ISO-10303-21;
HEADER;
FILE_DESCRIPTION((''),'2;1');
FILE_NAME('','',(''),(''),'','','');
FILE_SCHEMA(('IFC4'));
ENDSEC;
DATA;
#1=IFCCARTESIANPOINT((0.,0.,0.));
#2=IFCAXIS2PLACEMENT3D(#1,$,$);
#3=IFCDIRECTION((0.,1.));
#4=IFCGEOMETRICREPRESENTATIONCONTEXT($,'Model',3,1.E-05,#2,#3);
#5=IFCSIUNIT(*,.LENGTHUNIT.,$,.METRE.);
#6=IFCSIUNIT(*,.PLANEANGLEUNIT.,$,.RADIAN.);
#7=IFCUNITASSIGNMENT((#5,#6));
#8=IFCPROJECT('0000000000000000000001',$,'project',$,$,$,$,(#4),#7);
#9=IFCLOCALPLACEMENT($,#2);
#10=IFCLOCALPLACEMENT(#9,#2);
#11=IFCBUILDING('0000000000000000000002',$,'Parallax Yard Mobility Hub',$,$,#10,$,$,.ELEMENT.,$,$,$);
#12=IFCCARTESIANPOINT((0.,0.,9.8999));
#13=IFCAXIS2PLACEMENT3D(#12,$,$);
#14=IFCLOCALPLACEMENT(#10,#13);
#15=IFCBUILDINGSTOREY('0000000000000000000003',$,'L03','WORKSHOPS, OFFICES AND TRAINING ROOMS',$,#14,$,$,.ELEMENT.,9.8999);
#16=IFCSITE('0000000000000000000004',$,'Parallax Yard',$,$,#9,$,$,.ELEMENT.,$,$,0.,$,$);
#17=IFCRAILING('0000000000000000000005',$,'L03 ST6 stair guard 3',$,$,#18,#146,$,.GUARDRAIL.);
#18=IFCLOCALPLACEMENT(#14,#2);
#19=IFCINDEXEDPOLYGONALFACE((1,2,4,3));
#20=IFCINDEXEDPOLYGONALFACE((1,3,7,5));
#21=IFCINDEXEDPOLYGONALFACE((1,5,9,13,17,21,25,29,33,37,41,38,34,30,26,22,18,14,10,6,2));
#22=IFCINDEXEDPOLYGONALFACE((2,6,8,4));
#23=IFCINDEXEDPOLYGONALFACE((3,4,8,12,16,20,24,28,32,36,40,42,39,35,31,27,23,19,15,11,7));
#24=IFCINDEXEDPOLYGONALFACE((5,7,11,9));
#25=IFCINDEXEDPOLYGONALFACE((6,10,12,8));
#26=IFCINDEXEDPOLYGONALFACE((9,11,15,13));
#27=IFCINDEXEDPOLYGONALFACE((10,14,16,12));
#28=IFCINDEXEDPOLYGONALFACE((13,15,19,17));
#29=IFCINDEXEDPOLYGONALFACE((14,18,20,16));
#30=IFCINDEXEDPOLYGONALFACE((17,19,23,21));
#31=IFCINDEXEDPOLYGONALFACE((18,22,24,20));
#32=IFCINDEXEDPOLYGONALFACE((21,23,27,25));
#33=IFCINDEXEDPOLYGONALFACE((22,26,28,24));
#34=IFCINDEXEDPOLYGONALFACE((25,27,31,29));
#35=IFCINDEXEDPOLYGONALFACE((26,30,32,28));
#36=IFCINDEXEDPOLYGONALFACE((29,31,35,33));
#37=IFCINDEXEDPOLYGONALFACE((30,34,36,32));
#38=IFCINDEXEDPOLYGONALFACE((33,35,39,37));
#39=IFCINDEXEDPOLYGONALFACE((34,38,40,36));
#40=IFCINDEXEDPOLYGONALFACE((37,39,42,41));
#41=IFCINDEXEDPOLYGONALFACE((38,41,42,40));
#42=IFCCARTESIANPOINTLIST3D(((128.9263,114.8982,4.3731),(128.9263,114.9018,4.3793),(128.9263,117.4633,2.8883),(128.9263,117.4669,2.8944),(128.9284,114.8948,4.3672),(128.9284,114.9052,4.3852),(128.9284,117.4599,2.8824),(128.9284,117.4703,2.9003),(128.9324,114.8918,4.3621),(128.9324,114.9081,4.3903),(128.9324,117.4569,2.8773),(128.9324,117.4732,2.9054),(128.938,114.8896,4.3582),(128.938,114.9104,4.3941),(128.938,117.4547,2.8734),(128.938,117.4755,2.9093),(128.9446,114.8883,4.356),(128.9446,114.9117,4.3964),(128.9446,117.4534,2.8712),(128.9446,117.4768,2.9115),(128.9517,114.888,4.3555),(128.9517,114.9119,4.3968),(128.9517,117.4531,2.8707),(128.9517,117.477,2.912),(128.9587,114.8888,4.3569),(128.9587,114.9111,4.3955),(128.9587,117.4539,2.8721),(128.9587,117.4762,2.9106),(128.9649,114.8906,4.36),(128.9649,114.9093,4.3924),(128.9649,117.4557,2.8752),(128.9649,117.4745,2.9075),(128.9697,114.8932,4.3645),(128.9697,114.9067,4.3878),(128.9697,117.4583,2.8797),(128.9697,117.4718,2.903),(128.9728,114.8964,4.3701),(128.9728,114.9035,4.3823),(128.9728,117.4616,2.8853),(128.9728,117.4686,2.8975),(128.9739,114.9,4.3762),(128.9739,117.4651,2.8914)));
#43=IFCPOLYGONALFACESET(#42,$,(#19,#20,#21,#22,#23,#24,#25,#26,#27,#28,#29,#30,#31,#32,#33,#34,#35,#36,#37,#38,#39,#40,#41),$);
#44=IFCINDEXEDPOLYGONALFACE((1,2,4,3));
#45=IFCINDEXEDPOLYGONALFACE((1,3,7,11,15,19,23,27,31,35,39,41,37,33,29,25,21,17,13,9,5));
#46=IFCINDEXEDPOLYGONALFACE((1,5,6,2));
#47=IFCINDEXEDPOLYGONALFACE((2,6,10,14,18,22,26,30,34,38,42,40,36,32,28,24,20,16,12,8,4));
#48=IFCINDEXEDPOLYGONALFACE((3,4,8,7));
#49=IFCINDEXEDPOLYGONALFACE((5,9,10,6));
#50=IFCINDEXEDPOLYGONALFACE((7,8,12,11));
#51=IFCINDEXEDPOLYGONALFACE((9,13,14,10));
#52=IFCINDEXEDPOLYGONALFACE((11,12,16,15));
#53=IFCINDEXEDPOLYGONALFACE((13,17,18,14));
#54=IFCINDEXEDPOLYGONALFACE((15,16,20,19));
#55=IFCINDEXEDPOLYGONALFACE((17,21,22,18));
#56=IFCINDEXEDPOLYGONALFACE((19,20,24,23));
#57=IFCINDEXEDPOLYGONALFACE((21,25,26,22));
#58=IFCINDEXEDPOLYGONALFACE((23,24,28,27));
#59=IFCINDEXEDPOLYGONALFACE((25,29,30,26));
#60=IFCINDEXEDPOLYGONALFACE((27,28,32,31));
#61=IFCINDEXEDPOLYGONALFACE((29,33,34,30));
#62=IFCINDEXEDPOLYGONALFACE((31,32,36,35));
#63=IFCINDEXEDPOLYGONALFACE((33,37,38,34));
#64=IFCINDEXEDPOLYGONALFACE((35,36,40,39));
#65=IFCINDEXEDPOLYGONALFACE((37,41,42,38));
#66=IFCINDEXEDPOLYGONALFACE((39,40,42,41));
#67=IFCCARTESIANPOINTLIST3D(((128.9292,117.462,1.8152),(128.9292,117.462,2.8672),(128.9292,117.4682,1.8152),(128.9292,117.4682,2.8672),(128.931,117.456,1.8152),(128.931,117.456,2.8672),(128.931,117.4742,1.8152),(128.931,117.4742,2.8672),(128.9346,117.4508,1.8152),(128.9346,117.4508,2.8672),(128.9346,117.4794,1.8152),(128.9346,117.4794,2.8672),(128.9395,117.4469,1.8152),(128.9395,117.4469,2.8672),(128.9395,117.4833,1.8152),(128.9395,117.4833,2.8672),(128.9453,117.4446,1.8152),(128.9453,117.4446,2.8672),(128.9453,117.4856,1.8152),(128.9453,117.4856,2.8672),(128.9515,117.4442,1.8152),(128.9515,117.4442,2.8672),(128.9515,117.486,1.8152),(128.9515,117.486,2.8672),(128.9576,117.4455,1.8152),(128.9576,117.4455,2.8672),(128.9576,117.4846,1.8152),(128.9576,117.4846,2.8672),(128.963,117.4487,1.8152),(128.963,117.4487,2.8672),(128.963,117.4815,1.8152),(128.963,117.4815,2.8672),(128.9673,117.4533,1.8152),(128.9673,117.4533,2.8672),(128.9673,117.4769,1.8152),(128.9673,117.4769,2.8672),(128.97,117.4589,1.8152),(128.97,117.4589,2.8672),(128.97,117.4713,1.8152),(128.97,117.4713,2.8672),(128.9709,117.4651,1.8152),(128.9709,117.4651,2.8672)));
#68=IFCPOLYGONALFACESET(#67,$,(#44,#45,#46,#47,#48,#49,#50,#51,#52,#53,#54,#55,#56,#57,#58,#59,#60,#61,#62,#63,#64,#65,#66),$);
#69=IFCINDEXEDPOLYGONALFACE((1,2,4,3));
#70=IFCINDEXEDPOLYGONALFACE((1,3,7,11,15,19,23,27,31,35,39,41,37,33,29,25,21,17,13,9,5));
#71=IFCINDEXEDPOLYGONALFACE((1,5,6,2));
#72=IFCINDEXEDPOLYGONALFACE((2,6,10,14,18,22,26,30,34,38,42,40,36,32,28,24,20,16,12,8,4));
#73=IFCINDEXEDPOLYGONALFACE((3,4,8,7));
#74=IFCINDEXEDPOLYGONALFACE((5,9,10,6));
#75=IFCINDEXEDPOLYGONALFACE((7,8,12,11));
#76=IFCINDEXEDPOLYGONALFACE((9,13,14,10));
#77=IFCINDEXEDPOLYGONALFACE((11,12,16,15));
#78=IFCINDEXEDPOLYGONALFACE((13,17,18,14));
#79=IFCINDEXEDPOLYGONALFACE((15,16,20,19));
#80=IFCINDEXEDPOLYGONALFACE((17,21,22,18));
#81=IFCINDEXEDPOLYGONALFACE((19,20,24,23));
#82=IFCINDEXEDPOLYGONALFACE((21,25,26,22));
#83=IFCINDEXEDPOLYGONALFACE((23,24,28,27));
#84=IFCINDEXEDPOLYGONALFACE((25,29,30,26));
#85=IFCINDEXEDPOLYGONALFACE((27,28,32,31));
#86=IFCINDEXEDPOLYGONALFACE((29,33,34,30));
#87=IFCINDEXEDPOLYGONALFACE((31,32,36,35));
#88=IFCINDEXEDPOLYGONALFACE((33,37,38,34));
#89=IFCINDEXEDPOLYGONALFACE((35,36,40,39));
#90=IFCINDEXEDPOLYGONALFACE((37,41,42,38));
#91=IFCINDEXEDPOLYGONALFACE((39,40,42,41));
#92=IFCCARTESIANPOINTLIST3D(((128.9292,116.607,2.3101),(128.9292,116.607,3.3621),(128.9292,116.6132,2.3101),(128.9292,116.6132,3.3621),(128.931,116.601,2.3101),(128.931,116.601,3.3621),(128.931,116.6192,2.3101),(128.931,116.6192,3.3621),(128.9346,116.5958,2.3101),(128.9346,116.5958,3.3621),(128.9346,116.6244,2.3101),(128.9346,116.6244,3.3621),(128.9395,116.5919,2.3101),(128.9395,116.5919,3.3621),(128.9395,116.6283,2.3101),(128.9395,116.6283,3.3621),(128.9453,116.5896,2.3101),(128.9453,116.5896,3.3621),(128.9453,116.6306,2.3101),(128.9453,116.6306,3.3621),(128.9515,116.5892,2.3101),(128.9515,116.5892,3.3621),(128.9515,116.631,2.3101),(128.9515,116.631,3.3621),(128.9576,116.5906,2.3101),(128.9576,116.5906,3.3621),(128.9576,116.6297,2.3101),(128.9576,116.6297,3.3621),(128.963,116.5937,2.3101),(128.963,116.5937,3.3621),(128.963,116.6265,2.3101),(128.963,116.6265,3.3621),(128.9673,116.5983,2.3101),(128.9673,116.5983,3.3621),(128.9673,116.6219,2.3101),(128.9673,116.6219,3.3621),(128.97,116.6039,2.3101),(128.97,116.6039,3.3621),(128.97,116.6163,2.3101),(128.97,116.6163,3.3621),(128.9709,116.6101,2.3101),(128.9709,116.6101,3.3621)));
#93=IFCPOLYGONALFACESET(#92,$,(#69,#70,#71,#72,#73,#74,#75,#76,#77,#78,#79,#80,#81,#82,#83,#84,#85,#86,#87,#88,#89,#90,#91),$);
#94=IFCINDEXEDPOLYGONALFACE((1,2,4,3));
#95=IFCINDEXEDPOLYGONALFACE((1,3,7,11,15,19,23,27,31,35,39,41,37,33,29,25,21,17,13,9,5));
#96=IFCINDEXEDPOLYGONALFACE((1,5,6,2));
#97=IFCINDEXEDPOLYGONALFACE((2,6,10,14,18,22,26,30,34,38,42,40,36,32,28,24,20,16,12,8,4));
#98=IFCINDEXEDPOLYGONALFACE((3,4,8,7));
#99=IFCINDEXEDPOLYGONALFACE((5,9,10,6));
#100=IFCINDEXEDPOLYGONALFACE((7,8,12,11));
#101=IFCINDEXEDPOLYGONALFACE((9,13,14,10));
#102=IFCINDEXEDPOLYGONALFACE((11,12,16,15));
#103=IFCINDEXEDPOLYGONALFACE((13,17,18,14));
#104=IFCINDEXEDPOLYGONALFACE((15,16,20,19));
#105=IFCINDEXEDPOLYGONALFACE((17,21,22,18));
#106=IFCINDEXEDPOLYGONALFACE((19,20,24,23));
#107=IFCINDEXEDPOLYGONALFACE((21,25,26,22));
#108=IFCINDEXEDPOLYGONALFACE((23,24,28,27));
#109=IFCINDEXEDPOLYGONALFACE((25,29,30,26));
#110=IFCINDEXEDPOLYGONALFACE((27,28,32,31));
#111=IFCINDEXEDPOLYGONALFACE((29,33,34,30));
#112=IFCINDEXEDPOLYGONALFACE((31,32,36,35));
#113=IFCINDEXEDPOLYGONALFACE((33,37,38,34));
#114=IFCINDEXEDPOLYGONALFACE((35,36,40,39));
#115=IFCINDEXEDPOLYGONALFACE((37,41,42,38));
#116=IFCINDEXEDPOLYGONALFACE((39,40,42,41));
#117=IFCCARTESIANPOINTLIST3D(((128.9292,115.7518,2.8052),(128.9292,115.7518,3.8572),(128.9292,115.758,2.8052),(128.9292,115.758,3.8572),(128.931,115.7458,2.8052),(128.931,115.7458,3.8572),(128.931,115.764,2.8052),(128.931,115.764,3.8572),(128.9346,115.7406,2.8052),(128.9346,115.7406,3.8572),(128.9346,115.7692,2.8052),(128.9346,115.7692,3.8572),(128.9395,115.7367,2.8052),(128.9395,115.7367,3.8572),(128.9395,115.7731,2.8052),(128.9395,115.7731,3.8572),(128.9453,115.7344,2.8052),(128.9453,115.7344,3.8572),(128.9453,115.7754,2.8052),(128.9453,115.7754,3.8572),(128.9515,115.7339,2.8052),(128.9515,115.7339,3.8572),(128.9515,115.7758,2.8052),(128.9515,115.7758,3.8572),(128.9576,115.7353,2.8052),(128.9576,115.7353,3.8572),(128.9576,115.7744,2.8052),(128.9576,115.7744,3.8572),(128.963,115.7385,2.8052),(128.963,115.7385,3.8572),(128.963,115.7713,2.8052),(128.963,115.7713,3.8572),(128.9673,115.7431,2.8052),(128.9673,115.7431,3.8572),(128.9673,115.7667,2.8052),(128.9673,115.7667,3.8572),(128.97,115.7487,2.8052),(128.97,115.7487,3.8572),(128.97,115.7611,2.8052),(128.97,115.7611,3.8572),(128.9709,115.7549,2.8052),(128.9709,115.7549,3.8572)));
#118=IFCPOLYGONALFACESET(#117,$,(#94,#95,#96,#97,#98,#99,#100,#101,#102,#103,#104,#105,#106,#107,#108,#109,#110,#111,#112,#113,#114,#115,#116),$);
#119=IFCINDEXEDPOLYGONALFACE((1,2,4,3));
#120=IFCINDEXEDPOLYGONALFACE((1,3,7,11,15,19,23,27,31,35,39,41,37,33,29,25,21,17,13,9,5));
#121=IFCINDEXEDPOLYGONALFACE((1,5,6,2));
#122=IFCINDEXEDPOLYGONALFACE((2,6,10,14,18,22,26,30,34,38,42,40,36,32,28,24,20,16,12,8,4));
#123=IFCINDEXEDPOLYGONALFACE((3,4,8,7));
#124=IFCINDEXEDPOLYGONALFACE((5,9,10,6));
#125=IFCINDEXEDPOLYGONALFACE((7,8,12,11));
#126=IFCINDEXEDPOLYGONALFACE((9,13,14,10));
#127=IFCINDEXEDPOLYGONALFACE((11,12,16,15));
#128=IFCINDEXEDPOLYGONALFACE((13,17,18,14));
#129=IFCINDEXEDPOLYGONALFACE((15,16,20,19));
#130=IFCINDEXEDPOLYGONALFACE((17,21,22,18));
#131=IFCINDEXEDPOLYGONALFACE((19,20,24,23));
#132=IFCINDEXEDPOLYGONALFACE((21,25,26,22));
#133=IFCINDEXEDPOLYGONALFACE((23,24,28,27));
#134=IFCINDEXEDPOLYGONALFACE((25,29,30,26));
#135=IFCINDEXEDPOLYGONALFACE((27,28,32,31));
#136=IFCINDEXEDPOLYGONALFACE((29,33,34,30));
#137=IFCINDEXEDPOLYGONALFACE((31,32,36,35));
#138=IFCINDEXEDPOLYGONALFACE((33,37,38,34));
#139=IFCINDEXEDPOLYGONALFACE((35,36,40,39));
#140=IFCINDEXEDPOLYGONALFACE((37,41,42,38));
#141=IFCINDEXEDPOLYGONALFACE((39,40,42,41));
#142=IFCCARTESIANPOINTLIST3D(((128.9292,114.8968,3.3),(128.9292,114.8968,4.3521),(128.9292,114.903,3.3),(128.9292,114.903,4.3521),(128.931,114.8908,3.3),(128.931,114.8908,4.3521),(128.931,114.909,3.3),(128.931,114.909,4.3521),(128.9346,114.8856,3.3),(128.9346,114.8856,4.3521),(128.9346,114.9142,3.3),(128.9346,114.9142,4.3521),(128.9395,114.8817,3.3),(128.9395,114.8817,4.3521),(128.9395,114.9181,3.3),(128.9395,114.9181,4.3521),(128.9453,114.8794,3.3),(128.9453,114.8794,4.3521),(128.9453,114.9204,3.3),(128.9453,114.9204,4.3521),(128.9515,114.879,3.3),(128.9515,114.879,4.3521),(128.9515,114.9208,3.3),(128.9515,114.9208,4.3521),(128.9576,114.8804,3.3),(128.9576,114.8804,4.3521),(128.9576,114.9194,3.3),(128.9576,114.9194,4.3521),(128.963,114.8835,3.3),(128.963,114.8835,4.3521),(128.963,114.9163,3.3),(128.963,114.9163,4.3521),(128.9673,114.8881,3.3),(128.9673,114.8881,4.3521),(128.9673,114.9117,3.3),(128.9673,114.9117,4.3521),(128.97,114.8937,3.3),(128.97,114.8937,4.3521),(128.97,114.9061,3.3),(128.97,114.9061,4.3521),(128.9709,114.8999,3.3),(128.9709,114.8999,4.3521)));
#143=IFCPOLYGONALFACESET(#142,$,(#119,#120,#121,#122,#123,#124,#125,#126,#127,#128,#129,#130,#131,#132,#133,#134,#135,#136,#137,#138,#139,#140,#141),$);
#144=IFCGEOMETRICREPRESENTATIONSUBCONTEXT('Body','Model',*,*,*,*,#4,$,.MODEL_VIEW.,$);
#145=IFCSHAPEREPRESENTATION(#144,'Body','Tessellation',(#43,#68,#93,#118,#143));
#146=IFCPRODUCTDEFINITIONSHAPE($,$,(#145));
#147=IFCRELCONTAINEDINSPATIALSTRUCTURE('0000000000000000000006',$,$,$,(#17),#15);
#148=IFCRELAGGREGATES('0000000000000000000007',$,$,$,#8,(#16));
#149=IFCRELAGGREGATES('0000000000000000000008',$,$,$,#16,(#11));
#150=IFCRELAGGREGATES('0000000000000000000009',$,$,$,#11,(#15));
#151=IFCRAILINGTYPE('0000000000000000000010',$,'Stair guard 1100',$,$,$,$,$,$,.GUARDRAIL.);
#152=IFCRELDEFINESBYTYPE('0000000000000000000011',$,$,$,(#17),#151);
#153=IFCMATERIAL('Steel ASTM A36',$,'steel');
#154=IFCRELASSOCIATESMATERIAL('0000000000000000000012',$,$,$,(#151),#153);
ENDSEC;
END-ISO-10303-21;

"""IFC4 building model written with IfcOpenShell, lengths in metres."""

from ifc_helpers import new_model, si_unit, direction, frame, origin, origin_2d, place, context, subcontext, project, spatial, circle, extrude, material, type_object, element, save


model = new_model("IFC4")

# Units and contexts
model_context = context("Model", 3, precision=1e-05, world=origin(), true_north=direction((0.0, 1.0)))
body_context = subcontext(model_context, "Body", "Model", "MODEL_VIEW")
ifc_project = project(units=[si_unit("LENGTHUNIT", "METRE"), si_unit("PLANEANGLEUNIT", "RADIAN")], contexts=[model_context])

# Site, building, storey
site_placement = place(None, origin())
site = spatial("IfcSite", under=ifc_project, at=site_placement, Name="Parallax Yard", CompositionType="ELEMENT", RefElevation=0.0)
building_placement = place(site_placement, origin())
building = spatial("IfcBuilding", under=site, at=building_placement, Name="Parallax Yard Mobility Hub", CompositionType="ELEMENT")
storey_placement = place(building_placement, frame((0.0, 0.0, 9.8999)))
storey = spatial("IfcBuildingStorey", under=building, at=storey_placement, Name="L03", Description="WORKSHOPS, OFFICES AND TRAINING ROOMS", CompositionType="ELEMENT", Elevation=9.8999)

# Railing
ifc_material_1 = material(Name="Steel ASTM A36", Category="steel")
railing_type_1 = type_object("IfcRailingType", Name="Stair guard 1100", PredefinedType="GUARDRAIL", material=ifc_material_1)
railing_1_placement = place(storey_placement, frame((128.95, 117.4651, 1.8152)))
element("IfcRailing", 1, at=railing_1_placement, inside=storey, type_object=railing_type_1, Name="L03 ST6 stair guard 3", PredefinedType="GUARDRAIL", context=body_context, shape_type="SweptSolid", body=[
    extrude(circle(Radius=0.0239, at=origin_2d()), frame((0.0, 0.0, 1.0762), z_axis=(0.0, -0.865462, 0.500975), x_axis=(1.0, 0.0, 0.0)), (0.0, 0.0, 1.0), 2.9639),
    extrude(circle(Radius=0.021, at=origin_2d()), origin(), (0.0, 0.0, 1.0), 1.052),
    extrude(circle(Radius=0.021, at=origin_2d()), frame((0.0, -0.855, 0.4949)), (0.0, 0.0, 1.0), 1.052),
    extrude(circle(Radius=0.021, at=origin_2d()), frame((0.0, -1.7102, 0.99)), (0.0, 0.0, 1.0), 1.052),
    extrude(circle(Radius=0.021, at=origin_2d()), frame((0.0, -2.5652, 1.4849)), (0.0, 0.0, 1.0), 1.052),
])

save(model, "model.ifc")
